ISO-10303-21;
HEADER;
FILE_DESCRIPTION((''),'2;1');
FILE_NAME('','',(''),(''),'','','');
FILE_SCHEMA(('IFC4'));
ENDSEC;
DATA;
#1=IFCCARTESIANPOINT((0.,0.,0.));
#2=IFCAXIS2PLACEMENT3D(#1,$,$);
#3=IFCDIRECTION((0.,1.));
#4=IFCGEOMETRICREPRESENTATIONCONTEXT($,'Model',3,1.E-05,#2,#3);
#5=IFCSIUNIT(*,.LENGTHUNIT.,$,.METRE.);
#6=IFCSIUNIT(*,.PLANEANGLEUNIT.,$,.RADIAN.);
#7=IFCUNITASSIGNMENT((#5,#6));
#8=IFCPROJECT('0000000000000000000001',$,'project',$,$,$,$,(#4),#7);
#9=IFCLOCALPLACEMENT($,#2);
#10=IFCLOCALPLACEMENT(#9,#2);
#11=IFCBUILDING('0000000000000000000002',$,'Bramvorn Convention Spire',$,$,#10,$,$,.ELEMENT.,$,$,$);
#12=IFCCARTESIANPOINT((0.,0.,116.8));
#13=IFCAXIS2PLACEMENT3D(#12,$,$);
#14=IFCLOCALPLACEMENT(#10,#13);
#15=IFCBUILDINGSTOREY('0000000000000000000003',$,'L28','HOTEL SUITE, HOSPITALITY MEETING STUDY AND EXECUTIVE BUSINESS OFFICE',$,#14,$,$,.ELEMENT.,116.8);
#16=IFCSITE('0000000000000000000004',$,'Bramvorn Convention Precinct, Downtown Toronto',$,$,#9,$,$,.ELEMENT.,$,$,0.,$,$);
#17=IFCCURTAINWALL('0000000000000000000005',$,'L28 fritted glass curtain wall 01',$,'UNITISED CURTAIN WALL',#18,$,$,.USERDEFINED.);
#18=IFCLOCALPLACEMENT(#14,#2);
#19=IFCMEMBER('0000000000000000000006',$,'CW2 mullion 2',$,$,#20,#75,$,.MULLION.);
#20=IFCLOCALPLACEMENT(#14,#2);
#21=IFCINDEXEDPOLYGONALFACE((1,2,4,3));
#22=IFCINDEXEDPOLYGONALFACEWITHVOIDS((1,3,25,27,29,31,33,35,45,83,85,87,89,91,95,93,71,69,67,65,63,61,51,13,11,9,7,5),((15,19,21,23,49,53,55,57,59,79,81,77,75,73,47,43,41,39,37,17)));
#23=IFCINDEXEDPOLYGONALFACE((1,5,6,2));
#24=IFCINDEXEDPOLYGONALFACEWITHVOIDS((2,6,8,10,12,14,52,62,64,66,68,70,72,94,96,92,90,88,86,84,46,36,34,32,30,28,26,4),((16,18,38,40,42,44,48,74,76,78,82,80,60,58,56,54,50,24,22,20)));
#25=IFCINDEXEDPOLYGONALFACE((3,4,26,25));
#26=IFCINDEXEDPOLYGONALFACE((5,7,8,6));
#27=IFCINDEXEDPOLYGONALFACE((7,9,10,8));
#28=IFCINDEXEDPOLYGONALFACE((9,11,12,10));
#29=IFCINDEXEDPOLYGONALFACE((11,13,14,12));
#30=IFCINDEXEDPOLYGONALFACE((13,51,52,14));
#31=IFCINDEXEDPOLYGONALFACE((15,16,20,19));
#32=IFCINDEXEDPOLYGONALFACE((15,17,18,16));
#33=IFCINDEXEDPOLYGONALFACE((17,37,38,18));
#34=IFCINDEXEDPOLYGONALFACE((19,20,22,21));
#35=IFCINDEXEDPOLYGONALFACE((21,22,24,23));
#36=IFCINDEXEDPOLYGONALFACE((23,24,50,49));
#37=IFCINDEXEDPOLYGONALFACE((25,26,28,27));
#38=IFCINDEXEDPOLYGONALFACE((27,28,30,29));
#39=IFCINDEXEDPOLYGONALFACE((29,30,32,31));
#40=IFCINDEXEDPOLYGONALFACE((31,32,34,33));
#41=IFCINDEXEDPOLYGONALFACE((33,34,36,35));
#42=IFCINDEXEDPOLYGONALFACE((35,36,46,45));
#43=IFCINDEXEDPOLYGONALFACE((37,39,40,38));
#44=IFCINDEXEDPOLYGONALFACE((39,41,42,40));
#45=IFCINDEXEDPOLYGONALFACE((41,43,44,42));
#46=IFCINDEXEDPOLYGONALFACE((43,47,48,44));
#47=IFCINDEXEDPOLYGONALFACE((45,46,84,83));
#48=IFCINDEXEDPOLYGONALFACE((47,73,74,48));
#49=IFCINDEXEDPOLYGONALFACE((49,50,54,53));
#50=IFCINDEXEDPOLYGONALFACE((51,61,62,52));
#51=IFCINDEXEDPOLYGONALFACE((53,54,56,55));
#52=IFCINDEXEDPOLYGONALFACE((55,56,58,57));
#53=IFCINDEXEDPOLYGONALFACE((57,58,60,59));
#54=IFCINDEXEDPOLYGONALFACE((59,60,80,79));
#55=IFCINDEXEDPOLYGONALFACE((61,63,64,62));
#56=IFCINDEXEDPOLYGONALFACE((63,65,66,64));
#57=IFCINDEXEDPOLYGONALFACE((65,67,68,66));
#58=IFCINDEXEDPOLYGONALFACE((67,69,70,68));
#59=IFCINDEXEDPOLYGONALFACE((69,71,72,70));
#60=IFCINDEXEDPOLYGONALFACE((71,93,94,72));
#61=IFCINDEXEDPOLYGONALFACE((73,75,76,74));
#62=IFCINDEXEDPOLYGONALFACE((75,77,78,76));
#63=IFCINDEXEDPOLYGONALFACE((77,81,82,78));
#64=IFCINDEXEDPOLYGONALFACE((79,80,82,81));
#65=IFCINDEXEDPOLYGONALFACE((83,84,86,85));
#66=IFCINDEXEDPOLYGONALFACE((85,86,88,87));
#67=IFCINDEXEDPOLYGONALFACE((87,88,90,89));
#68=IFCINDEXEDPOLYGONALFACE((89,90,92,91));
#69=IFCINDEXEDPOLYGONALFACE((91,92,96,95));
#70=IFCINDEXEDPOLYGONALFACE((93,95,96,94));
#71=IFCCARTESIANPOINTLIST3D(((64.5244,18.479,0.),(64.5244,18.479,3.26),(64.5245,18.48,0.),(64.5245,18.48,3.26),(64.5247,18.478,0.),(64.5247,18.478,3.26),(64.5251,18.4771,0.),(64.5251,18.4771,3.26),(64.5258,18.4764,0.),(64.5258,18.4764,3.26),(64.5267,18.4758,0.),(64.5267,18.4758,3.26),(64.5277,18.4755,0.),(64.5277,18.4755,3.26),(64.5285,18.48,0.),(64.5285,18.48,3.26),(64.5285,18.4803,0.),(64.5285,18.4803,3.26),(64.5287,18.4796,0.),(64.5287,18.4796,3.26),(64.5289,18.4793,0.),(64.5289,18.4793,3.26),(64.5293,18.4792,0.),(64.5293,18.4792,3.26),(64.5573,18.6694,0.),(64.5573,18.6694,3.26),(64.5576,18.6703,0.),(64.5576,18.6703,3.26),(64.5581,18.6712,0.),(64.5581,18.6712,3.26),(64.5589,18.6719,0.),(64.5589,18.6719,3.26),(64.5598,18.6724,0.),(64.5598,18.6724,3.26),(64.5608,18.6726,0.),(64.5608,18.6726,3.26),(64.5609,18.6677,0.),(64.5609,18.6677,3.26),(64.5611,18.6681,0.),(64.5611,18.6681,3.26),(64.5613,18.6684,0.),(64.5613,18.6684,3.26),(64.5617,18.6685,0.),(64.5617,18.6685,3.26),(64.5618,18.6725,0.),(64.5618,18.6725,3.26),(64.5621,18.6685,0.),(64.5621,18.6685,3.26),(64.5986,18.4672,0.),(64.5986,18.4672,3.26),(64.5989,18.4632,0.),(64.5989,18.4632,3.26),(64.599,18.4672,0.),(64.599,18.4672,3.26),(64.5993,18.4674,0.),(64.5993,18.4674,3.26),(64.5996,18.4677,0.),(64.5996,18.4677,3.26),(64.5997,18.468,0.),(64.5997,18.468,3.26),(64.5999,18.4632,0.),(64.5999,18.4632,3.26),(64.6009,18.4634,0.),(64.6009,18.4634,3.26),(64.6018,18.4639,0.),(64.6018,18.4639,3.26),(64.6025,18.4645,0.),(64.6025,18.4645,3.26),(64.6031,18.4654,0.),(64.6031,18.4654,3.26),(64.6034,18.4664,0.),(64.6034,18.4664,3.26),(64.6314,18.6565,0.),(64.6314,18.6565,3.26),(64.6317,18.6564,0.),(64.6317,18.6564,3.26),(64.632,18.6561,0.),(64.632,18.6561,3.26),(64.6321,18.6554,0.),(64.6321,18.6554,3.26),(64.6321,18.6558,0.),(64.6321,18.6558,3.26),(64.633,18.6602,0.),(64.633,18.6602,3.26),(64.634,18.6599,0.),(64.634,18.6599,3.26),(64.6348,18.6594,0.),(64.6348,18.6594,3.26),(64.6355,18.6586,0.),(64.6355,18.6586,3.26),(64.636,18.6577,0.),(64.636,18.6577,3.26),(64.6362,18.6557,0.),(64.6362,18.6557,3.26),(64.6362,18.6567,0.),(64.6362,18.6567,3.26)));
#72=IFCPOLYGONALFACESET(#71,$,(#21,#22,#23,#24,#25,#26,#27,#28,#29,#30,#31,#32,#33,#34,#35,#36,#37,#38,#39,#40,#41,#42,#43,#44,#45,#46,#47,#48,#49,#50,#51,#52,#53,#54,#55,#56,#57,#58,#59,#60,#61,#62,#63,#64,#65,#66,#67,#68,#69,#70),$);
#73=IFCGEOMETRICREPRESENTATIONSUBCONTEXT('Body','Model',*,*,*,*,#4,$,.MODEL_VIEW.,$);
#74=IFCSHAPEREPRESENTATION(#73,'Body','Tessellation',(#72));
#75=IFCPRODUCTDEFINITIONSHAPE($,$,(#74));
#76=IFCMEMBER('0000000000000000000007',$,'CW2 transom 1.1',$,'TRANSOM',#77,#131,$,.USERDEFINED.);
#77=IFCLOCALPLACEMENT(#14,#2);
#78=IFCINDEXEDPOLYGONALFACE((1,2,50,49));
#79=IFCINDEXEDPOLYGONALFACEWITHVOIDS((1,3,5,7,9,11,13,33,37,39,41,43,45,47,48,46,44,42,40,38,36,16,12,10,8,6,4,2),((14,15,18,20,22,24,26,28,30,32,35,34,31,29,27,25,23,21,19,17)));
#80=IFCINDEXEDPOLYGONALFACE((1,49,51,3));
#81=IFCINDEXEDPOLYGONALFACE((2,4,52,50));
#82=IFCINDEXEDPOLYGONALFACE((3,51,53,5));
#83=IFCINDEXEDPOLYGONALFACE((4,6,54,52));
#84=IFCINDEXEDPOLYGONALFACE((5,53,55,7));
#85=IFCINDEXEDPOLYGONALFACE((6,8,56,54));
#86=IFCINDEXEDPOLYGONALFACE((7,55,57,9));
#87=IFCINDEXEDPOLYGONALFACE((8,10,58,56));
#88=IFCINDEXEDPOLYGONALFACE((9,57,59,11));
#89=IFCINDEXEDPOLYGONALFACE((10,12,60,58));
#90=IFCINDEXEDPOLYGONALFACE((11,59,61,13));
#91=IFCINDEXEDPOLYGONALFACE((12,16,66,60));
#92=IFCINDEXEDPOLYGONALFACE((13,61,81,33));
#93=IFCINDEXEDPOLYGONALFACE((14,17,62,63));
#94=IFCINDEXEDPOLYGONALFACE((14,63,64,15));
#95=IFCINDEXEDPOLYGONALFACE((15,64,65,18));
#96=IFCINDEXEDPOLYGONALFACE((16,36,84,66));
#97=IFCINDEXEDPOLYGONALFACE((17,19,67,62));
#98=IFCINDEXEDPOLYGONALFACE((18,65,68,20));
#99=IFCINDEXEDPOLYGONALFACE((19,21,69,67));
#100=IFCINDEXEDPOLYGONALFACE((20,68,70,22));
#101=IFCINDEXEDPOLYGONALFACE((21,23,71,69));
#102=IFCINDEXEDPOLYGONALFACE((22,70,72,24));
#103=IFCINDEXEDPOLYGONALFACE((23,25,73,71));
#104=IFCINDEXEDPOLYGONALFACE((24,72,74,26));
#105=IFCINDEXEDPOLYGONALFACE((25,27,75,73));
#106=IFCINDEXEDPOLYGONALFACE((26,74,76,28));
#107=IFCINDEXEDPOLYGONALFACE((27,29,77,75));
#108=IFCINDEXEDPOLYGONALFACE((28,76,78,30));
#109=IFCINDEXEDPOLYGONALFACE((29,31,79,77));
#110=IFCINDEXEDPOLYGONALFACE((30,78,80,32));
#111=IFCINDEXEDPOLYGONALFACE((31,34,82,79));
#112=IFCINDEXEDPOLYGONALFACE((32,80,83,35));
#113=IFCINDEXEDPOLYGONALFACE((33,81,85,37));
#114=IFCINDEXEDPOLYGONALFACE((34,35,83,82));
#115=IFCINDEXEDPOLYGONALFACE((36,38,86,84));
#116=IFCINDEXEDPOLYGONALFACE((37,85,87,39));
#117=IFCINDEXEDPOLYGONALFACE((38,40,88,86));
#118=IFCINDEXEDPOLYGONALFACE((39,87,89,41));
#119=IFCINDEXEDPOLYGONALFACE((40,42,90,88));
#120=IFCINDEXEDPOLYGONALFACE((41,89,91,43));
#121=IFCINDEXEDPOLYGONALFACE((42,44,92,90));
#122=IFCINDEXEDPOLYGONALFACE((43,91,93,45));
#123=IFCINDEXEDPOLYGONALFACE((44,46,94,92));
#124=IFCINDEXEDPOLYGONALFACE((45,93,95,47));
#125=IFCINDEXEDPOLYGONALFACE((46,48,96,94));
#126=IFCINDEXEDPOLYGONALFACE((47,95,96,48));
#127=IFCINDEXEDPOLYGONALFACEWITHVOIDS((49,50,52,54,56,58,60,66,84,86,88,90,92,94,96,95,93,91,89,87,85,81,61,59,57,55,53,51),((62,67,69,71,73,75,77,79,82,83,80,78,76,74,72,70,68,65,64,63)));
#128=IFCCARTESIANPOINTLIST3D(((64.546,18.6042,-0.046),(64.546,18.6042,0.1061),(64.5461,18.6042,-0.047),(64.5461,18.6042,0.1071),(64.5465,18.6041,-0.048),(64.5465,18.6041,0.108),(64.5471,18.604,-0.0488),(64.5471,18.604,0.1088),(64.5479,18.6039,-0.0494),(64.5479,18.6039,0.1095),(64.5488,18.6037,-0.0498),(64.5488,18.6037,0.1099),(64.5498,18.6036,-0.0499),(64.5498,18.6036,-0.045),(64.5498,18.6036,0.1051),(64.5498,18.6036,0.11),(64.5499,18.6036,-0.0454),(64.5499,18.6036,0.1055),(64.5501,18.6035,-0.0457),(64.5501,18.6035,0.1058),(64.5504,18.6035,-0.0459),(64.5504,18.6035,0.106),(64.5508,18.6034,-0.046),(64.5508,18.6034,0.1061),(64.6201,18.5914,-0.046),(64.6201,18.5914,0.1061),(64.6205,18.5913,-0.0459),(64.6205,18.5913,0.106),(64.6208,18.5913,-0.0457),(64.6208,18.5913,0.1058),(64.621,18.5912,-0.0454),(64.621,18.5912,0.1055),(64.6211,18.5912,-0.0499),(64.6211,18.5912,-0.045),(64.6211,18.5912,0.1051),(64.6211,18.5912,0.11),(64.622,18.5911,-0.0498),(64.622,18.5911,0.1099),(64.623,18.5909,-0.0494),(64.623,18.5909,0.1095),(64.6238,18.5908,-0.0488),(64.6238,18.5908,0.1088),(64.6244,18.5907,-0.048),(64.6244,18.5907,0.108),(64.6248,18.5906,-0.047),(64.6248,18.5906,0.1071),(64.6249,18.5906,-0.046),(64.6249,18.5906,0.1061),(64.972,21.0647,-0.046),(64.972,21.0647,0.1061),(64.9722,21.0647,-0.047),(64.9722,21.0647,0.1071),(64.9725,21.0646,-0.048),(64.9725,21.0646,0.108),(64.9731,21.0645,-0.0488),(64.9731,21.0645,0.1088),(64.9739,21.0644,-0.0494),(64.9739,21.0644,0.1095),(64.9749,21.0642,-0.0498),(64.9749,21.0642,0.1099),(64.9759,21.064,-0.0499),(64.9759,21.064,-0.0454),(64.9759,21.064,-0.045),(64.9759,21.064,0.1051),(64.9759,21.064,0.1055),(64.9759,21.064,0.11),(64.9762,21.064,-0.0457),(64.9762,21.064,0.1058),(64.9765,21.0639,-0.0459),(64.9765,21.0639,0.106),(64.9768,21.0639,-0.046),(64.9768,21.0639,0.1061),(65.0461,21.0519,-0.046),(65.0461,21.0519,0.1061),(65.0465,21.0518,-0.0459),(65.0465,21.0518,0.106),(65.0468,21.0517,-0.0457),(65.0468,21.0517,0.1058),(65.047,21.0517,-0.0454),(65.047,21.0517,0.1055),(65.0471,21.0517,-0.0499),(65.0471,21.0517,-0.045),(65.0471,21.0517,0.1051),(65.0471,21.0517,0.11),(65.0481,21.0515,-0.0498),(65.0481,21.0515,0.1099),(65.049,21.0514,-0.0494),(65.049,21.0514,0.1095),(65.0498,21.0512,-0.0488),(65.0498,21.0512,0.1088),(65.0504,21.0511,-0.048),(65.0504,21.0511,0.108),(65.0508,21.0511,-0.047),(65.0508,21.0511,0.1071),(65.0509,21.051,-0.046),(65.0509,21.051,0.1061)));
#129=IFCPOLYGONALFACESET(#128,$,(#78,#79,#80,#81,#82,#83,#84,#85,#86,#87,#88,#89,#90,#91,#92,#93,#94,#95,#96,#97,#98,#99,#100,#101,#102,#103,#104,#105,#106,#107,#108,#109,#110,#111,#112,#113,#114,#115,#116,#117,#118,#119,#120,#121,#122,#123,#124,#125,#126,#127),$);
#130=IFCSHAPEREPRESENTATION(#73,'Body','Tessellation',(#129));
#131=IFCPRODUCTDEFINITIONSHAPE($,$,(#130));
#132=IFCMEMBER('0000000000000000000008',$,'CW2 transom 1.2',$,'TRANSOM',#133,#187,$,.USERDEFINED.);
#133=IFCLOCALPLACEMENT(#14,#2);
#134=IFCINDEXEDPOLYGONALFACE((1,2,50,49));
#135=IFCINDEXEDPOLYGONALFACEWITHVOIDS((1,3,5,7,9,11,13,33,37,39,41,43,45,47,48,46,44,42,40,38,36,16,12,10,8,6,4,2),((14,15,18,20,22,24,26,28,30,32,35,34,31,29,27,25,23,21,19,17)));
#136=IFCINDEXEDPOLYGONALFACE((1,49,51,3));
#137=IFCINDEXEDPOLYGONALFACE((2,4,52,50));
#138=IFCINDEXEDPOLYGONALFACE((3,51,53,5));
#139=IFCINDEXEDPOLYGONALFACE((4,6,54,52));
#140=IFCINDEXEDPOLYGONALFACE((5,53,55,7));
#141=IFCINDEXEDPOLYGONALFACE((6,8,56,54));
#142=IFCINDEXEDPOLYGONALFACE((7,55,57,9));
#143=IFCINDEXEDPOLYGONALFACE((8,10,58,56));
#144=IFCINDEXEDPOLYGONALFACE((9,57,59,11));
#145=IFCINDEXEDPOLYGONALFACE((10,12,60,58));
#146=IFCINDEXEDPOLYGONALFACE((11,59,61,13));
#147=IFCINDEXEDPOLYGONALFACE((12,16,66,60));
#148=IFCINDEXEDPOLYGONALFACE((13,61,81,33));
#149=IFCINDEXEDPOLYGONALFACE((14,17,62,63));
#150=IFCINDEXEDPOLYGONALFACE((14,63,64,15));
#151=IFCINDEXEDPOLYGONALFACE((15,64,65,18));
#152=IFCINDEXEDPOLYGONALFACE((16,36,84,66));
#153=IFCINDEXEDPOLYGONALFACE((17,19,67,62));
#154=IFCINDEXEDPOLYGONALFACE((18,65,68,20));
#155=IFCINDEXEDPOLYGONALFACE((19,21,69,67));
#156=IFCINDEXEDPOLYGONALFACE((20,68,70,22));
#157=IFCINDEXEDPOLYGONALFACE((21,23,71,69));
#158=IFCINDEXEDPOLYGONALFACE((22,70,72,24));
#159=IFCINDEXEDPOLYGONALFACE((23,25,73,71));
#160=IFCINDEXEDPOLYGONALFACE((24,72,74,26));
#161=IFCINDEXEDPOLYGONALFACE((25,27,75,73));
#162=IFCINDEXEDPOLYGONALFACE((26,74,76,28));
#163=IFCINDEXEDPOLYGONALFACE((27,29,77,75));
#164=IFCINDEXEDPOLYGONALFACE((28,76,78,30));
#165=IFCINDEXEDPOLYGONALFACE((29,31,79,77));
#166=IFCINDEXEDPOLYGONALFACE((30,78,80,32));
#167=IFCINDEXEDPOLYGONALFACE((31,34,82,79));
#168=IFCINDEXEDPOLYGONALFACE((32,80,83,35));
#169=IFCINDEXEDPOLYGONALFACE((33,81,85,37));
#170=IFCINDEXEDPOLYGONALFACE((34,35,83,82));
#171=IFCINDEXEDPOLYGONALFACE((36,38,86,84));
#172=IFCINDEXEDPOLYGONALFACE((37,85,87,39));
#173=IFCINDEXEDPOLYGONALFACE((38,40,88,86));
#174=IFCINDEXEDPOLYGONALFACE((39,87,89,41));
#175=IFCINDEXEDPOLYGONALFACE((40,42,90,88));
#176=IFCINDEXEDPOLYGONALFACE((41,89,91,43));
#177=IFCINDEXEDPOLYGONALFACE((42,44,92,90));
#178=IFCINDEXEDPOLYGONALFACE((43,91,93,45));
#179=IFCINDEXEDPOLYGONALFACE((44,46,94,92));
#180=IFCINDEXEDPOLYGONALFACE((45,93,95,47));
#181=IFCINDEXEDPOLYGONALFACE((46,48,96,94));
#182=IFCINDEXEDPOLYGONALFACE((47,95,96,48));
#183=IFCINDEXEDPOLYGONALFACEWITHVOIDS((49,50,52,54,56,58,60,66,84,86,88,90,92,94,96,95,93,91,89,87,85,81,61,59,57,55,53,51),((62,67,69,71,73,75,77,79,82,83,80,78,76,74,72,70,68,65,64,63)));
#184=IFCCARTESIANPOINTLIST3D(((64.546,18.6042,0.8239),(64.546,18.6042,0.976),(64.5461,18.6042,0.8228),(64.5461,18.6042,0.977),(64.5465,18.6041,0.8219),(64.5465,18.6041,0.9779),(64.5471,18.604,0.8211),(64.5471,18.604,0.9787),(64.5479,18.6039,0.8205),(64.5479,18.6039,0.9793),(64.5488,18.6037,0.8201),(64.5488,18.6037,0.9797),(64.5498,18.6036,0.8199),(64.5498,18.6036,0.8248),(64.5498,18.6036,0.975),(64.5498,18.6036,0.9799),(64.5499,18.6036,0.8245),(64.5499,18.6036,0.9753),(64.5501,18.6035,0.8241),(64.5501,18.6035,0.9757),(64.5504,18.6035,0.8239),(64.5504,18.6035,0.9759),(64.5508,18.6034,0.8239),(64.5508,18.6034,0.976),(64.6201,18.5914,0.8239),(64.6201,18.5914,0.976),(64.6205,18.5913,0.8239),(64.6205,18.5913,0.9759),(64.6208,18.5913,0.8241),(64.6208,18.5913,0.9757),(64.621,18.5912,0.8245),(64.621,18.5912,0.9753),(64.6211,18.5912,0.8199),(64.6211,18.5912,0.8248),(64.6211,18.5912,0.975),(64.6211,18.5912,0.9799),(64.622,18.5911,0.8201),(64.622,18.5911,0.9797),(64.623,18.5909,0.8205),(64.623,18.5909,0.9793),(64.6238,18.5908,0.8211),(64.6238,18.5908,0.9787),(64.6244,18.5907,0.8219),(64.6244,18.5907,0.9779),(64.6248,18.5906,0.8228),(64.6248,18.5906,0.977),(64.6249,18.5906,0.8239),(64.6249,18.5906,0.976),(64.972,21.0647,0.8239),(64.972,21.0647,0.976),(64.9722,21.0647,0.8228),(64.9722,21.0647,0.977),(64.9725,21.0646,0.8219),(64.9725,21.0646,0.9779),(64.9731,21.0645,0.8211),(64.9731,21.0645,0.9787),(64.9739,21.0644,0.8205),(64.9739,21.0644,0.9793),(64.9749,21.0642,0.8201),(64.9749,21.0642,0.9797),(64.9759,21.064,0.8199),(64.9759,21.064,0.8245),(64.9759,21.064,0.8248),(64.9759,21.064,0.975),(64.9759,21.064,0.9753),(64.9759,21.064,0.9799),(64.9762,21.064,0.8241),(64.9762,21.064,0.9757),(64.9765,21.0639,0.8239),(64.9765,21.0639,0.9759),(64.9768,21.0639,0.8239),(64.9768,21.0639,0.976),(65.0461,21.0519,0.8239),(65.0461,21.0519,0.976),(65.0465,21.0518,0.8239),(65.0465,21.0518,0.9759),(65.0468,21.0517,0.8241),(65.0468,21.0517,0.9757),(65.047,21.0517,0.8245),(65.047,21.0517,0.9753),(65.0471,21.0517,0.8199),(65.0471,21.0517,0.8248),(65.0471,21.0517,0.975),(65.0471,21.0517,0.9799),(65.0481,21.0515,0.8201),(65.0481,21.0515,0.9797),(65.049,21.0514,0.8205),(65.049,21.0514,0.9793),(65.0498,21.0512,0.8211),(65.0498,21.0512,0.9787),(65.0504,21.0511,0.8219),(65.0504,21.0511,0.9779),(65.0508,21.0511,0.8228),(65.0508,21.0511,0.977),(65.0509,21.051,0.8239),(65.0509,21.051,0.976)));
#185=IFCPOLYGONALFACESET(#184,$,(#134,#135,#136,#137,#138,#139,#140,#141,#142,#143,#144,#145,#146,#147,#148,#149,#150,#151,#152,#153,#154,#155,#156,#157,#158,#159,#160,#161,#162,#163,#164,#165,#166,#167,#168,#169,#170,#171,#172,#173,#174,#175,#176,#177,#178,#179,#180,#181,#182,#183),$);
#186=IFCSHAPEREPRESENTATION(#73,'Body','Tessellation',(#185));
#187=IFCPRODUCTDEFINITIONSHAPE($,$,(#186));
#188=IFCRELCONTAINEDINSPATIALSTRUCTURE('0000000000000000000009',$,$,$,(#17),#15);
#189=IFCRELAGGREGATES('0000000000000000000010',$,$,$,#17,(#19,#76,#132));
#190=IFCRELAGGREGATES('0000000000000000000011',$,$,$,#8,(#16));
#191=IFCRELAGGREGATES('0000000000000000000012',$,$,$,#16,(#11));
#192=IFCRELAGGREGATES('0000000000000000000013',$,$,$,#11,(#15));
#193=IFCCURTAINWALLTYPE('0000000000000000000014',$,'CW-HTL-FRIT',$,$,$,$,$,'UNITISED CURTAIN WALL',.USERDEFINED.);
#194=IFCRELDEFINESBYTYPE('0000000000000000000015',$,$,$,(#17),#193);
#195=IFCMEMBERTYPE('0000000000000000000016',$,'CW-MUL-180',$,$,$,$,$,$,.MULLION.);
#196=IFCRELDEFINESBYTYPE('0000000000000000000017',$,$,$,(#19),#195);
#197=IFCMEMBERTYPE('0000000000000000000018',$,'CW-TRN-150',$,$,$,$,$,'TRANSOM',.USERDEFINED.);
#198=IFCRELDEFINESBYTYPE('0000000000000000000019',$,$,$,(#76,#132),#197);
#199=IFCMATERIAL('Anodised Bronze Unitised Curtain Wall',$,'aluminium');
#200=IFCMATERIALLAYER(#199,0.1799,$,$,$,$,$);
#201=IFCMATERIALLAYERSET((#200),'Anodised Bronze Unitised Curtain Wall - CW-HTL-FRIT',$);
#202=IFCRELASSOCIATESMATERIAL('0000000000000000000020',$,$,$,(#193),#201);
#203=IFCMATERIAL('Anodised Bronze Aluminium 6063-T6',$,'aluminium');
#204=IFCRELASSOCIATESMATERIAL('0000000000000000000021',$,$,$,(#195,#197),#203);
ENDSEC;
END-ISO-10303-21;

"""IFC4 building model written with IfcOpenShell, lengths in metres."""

from ifc_helpers import new_model, si_unit, direction, frame, origin, origin_2d, place, context, subcontext, project, spatial, hollow_rectangle, extrude, material, layer, layer_set, material_profile, profile_set, type_object, element, aggregate, save


model = new_model("IFC4")

# Units and contexts
model_context = context("Model", 3, precision=1e-05, world=origin(), true_north=direction((0.0, 1.0)))
body_context = subcontext(model_context, "Body", "Model", "MODEL_VIEW")
ifc_project = project(units=[si_unit("LENGTHUNIT", "METRE"), si_unit("PLANEANGLEUNIT", "RADIAN")], contexts=[model_context])

# Site, building, storey
site_placement = place(None, origin())
site = spatial("IfcSite", under=ifc_project, at=site_placement, Name="Bramvorn Convention Precinct, Downtown Toronto", CompositionType="ELEMENT", RefElevation=0.0)
building_placement = place(site_placement, origin())
building = spatial("IfcBuilding", under=site, at=building_placement, Name="Bramvorn Convention Spire", CompositionType="ELEMENT")
storey_placement = place(building_placement, frame((0.0, 0.0, 116.8)))
storey = spatial("IfcBuildingStorey", under=building, at=storey_placement, Name="L28", Description="HOTEL SUITE, HOSPITALITY MEETING STUDY AND EXECUTIVE BUSINESS OFFICE", CompositionType="ELEMENT", Elevation=116.8)

# Curtain wall, members
ifc_material_1 = material(Name="Anodised Bronze Unitised Curtain Wall", Category="aluminium")
ifc_layer_1 = layer(ifc_material_1, 0.1799)
ifc_layer_set_1 = layer_set([ifc_layer_1], Name="Anodised Bronze Unitised Curtain Wall - CW-HTL-FRIT")
curtain_wall_type = type_object("IfcCurtainWallType", Name="CW-HTL-FRIT", ElementType="UNITISED CURTAIN WALL", PredefinedType="USERDEFINED", material=ifc_layer_set_1)
curtain_wall_placement = place(storey_placement, origin())
curtain_wall = element("IfcCurtainWall", 1, at=curtain_wall_placement, inside=storey, type_object=curtain_wall_type, Name="L28 fritted glass curtain wall 01", ObjectType="UNITISED CURTAIN WALL", PredefinedType="USERDEFINED")
ifc_material_2 = material(Name="Anodised Bronze Aluminium 6063-T6", Category="aluminium")
ifc_material_profile_1 = material_profile(ifc_material_2, hollow_rectangle(XDim=0.0801, YDim=0.2, WallThickness=0.0039, InnerFilletRadius=0.001, OuterFilletRadius=0.0039, at=origin_2d()))
ifc_profile_set_1 = profile_set([ifc_material_profile_1], Name="Anodised Bronze Aluminium 6063-T6 - CWM80X200")
member_type_1 = type_object("IfcMemberType", Name="CW-MUL-180", PredefinedType="MULLION", material=ifc_profile_set_1)
member_1_placement = place(storey_placement, frame((64.5803, 18.5679, 0.0), z_axis=(0.0, 0.0, 1.0), x_axis=(0.985342, -0.170592, 0.0)))
member_1 = element("IfcMember", 2, at=member_1_placement, type_object=member_type_1, Name="CW2 mullion 2", PredefinedType="MULLION", context=body_context, shape_type="SweptSolid", body=[
    extrude(hollow_rectangle(XDim=0.0801, YDim=0.2, WallThickness=0.0039, InnerFilletRadius=0.001, OuterFilletRadius=0.0039, at=origin_2d()), origin(), (0.0, 0.0, 1.0), 3.26),
])
ifc_material_profile_2 = material_profile(ifc_material_2, hollow_rectangle(XDim=0.0801, YDim=0.1599, WallThickness=0.0039, InnerFilletRadius=0.001, OuterFilletRadius=0.0039, at=origin_2d()))
ifc_profile_set_2 = profile_set([ifc_material_profile_2], Name="Anodised Bronze Aluminium 6063-T6 - CWT80X160")
member_type_2 = type_object("IfcMemberType", Name="CW-TRN-150", ElementType="TRANSOM", PredefinedType="USERDEFINED", material=ifc_profile_set_2)
member_2_placement = place(storey_placement, frame((65.0115, 21.0579, 0.03), z_axis=(-0.170611, -0.985338, 0.0), x_axis=(0.985338, -0.170611, 0.0)))
member_2 = element("IfcMember", 3, at=member_2_placement, type_object=member_type_2, Name="CW2 transom 1.1", ObjectType="TRANSOM", PredefinedType="USERDEFINED", context=body_context, shape_type="SweptSolid", body=[
    extrude(hollow_rectangle(XDim=0.0801, YDim=0.1599, WallThickness=0.0039, InnerFilletRadius=0.001, OuterFilletRadius=0.0039, at=origin_2d()), origin(), (0.0, 0.0, 1.0), 2.4971),
])
member_3_placement = place(storey_placement, frame((65.0115, 21.0579, 0.8999), z_axis=(-0.170611, -0.985338, 0.0), x_axis=(0.985338, -0.170611, 0.0)))
member_3 = element("IfcMember", 4, at=member_3_placement, type_object=member_type_2, Name="CW2 transom 1.2", ObjectType="TRANSOM", PredefinedType="USERDEFINED", context=body_context, shape_type="SweptSolid", body=[
    extrude(hollow_rectangle(XDim=0.0801, YDim=0.1599, WallThickness=0.0039, InnerFilletRadius=0.001, OuterFilletRadius=0.0039, at=origin_2d()), origin(), (0.0, 0.0, 1.0), 2.4971),
])
aggregate(curtain_wall, [member_1, member_2, member_3])

save(model, "model.ifc")
